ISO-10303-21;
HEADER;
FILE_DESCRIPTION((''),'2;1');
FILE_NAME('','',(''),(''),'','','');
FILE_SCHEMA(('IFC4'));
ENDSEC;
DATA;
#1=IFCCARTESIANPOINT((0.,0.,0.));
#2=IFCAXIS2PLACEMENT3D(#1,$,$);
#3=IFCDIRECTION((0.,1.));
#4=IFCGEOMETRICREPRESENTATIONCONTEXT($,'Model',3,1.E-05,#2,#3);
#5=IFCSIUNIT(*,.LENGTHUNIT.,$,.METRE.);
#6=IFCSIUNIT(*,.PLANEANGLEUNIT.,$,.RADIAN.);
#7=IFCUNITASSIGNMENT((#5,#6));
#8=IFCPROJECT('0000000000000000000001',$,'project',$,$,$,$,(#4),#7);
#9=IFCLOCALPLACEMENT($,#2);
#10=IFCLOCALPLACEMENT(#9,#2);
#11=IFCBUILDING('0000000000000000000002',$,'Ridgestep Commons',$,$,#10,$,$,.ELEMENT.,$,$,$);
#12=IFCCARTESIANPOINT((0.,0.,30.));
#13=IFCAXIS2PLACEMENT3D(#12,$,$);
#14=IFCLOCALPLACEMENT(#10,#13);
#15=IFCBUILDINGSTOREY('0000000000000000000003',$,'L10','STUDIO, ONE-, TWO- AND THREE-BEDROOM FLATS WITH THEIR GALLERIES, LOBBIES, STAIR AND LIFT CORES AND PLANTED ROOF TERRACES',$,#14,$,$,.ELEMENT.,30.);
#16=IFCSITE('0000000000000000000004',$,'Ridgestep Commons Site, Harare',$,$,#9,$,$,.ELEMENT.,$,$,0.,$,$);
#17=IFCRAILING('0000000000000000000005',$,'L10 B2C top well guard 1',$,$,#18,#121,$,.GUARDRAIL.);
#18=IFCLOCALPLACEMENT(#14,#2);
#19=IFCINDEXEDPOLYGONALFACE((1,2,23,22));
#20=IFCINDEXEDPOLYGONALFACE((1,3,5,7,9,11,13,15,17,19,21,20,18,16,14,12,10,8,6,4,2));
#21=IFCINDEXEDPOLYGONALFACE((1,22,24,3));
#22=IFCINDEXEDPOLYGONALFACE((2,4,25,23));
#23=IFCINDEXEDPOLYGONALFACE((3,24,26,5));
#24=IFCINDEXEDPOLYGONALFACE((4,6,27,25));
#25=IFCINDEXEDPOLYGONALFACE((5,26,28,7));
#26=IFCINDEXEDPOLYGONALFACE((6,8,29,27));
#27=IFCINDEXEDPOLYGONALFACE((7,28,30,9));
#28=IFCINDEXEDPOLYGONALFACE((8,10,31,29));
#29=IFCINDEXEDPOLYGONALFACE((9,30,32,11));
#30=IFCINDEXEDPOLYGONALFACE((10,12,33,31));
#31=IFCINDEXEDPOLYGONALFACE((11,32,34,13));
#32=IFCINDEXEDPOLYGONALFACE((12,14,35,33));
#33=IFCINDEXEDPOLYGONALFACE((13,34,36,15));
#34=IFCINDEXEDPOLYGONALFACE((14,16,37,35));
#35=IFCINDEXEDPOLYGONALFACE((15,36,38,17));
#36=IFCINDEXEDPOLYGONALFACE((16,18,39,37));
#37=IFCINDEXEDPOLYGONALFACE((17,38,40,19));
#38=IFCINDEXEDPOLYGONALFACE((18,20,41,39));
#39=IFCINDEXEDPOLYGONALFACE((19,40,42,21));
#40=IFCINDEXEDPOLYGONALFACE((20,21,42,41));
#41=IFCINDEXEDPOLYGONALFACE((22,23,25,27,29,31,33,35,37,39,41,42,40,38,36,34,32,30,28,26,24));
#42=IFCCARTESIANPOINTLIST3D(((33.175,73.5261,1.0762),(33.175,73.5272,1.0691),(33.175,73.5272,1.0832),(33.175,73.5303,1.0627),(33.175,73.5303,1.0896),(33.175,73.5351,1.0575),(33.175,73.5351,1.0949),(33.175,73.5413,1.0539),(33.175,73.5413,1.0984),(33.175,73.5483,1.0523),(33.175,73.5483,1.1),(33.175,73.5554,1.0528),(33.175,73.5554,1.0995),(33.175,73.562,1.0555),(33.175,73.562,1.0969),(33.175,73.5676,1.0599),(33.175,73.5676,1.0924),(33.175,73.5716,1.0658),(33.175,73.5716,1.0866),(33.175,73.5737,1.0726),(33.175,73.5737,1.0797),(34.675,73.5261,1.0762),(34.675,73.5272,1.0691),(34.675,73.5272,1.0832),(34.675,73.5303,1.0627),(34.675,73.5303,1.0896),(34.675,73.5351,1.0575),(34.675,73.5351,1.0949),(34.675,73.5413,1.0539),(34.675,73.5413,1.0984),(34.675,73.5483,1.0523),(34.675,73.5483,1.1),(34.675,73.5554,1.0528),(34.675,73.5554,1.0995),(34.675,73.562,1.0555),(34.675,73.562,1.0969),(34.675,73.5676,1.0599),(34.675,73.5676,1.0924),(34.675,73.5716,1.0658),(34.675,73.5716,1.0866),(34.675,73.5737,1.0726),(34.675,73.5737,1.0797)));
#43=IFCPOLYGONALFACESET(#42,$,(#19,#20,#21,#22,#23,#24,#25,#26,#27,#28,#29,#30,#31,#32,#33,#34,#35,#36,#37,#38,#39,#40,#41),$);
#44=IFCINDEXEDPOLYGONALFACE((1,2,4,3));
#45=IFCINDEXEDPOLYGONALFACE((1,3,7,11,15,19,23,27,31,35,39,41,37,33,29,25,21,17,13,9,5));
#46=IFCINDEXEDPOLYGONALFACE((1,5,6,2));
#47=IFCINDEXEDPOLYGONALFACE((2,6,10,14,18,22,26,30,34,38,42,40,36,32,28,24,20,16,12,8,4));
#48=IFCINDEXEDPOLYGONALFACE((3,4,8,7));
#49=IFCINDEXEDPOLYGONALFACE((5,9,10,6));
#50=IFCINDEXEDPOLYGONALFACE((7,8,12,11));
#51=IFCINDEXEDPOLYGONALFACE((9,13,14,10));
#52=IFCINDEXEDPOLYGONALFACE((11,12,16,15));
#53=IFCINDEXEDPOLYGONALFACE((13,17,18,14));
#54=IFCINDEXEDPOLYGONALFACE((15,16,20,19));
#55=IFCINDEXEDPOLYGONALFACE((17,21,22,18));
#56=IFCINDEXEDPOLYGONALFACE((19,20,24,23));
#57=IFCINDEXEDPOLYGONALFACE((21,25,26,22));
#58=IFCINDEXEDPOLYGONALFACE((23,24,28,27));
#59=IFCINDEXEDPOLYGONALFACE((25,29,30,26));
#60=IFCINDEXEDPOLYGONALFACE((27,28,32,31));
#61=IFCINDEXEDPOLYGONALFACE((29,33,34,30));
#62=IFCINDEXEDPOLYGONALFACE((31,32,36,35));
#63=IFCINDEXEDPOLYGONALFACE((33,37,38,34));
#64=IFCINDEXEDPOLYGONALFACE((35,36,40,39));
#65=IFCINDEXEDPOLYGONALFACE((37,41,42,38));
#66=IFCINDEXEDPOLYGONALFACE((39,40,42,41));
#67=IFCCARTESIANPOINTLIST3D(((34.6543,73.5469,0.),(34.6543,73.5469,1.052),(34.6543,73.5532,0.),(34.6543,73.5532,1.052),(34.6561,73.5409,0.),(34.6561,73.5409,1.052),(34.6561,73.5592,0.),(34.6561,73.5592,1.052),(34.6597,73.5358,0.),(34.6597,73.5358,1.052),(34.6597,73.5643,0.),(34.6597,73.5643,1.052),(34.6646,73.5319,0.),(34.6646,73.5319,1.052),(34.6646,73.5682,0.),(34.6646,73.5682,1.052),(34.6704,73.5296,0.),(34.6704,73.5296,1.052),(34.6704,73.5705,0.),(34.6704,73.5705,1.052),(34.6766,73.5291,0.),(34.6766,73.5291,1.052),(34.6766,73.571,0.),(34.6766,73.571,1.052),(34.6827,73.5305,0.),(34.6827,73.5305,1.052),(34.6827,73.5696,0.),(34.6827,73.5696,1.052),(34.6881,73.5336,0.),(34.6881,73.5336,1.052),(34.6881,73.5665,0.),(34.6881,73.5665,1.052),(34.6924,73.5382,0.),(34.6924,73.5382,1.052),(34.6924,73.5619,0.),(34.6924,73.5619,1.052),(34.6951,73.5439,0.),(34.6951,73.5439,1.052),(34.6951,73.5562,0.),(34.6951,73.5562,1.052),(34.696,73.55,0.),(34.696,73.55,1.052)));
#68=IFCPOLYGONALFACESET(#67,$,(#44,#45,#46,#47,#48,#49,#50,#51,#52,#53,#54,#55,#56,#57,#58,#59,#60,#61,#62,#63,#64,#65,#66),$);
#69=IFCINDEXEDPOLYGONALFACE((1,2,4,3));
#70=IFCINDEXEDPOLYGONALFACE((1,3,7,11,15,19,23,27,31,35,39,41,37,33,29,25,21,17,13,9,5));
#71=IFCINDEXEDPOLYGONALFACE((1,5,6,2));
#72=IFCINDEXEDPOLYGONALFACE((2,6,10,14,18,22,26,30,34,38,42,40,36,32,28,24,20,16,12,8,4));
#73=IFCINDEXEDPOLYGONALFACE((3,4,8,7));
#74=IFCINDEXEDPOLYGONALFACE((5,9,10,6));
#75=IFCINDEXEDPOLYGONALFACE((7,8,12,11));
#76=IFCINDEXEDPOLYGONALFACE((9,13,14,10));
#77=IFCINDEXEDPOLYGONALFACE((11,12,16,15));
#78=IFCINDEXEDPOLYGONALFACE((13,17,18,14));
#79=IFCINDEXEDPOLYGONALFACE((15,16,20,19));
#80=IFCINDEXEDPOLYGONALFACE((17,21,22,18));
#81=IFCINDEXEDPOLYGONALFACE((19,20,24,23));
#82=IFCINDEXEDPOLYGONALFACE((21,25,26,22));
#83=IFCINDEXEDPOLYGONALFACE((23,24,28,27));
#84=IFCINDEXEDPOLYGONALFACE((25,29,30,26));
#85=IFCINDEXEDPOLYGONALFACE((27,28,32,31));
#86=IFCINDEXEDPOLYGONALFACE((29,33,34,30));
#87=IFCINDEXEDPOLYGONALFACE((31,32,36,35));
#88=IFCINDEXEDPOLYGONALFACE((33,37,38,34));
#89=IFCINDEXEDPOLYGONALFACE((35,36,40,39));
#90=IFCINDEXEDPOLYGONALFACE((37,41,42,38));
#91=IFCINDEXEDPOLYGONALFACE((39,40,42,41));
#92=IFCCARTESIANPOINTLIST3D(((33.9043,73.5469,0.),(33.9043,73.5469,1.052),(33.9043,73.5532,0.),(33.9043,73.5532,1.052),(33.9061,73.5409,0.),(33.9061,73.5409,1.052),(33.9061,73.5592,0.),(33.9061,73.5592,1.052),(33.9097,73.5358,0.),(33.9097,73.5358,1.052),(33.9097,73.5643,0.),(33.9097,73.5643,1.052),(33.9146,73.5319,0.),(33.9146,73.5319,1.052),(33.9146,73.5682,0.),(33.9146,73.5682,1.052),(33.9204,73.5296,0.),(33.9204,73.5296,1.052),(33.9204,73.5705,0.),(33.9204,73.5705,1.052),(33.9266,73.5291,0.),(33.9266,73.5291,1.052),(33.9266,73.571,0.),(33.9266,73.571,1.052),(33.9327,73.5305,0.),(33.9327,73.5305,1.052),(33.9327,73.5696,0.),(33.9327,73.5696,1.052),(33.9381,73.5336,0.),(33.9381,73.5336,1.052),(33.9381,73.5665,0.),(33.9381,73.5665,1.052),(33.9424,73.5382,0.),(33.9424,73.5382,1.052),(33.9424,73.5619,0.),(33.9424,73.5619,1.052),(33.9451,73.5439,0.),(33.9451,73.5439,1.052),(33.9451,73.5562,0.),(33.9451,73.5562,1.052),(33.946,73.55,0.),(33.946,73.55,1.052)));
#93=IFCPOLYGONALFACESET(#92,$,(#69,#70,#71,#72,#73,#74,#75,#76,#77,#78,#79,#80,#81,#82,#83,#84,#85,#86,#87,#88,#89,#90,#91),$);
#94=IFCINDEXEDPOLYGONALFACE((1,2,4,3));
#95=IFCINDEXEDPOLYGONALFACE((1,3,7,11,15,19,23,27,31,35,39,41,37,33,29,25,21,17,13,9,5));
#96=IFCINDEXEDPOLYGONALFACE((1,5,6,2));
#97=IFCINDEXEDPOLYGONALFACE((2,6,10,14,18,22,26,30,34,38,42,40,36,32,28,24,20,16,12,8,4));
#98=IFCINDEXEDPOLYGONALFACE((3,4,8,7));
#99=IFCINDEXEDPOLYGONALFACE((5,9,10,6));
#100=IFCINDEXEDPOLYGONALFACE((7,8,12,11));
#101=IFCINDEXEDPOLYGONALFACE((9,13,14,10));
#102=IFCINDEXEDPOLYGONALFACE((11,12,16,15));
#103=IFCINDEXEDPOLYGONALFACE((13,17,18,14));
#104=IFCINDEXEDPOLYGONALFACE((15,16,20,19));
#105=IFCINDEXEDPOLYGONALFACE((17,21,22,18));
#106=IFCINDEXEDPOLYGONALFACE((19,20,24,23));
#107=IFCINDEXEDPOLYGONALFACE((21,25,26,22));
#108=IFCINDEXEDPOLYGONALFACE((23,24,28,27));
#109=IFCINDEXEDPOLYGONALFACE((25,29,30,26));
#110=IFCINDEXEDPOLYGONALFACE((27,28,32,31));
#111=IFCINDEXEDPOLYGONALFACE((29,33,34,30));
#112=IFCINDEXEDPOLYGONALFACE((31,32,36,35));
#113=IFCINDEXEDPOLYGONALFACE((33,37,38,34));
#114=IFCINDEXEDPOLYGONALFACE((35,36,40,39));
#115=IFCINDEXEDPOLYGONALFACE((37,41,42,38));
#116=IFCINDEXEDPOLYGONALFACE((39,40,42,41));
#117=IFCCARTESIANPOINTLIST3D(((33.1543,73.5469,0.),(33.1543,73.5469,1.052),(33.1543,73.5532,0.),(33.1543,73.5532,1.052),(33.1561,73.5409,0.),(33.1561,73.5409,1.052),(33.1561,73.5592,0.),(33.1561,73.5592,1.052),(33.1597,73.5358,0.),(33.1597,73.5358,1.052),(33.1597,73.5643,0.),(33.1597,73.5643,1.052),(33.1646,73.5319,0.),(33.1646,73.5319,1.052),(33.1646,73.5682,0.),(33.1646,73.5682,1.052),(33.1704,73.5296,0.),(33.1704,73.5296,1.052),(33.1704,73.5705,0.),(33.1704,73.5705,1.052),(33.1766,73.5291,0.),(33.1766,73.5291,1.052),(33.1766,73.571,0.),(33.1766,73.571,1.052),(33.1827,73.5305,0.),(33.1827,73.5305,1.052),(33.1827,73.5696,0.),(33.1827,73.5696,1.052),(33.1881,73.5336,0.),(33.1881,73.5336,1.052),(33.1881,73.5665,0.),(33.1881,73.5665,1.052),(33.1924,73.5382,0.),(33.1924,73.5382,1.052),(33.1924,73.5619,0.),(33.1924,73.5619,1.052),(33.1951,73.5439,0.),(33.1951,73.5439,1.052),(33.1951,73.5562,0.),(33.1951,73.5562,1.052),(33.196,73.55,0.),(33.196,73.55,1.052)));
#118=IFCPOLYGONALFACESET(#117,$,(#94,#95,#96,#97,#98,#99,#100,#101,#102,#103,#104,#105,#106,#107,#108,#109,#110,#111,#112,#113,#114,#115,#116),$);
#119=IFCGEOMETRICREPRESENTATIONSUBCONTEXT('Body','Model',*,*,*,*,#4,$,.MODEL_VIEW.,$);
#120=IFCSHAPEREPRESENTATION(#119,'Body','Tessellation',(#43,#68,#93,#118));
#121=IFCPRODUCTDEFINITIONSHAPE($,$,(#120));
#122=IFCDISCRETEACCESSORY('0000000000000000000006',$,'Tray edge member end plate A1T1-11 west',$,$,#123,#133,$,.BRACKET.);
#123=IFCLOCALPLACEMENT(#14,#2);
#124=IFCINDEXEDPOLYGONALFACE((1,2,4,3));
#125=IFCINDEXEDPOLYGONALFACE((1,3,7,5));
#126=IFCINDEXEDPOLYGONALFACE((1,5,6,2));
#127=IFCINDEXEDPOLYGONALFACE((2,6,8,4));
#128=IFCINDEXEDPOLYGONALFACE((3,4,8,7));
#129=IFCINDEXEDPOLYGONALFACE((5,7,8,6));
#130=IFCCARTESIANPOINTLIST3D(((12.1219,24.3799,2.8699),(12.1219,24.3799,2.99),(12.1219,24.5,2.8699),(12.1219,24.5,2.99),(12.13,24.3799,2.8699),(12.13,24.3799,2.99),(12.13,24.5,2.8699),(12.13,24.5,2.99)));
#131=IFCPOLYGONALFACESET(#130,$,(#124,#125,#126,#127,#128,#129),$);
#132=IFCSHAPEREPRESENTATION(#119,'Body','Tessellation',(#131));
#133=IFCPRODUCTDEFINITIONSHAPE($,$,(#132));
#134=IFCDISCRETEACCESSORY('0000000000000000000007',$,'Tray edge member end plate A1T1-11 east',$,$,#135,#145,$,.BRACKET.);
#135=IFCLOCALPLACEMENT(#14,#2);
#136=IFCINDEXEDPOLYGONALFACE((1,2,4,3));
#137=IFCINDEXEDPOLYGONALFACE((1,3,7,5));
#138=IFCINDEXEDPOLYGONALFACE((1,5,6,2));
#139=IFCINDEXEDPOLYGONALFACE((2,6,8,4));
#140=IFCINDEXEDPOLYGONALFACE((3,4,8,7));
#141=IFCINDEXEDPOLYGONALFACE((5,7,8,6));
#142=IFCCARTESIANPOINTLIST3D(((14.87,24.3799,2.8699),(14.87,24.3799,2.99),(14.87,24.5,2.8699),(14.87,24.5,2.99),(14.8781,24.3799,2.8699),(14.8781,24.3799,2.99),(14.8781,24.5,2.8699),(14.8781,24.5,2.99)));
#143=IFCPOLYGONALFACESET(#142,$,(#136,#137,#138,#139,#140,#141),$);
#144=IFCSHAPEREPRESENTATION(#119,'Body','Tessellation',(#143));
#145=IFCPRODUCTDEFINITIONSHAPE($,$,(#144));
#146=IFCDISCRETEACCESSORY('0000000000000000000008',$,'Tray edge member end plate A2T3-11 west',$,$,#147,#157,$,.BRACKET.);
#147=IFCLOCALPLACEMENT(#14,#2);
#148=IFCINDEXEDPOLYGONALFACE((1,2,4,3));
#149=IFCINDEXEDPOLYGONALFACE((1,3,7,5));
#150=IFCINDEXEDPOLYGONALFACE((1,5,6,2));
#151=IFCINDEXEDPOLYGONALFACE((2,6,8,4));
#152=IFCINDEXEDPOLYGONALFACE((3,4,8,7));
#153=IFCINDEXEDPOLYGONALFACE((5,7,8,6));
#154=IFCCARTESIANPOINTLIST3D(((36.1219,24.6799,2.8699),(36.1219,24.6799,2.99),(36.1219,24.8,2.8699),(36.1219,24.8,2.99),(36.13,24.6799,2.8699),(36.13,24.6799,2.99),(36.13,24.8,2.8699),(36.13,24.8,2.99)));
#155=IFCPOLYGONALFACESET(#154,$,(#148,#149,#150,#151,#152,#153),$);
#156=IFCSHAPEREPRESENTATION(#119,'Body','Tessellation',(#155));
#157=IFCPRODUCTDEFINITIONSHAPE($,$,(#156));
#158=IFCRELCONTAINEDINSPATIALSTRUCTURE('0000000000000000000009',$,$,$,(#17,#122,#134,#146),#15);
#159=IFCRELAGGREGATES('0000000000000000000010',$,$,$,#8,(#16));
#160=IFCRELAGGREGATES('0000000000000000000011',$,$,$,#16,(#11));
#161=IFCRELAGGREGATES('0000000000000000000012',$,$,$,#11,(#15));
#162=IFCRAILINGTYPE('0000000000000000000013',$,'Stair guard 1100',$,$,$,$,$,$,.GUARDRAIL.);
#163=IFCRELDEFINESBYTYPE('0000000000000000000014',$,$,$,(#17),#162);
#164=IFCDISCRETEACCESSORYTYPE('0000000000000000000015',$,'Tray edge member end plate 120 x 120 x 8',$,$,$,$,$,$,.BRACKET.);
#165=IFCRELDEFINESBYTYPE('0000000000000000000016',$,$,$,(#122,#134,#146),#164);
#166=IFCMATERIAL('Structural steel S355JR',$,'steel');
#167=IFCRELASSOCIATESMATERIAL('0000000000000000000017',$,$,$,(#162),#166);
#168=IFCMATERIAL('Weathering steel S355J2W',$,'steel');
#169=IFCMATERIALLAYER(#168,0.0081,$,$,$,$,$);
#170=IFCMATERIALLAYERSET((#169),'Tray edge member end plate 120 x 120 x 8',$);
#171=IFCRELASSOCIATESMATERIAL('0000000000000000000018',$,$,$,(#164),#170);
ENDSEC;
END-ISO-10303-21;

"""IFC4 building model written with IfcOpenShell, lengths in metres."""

from ifc_helpers import new_model, si_unit, direction, frame, origin, origin_2d, place, context, subcontext, project, spatial, rectangle, circle, extrude, material, layer, layer_set, type_object, element, save


model = new_model("IFC4")

# Units and contexts
model_context = context("Model", 3, precision=1e-05, world=origin(), true_north=direction((0.0, 1.0)))
body_context = subcontext(model_context, "Body", "Model", "MODEL_VIEW")
ifc_project = project(units=[si_unit("LENGTHUNIT", "METRE"), si_unit("PLANEANGLEUNIT", "RADIAN")], contexts=[model_context])

# Site, building, storey
site_placement = place(None, origin())
site = spatial("IfcSite", under=ifc_project, at=site_placement, Name="Ridgestep Commons Site, Harare", CompositionType="ELEMENT", RefElevation=0.0)
building_placement = place(site_placement, origin())
building = spatial("IfcBuilding", under=site, at=building_placement, Name="Ridgestep Commons", CompositionType="ELEMENT")
storey_placement = place(building_placement, frame((0.0, 0.0, 30.0)))
storey = spatial("IfcBuildingStorey", under=building, at=storey_placement, Name="L10", Description="STUDIO, ONE-, TWO- AND THREE-BEDROOM FLATS WITH THEIR GALLERIES, LOBBIES, STAIR AND LIFT CORES AND PLANTED ROOF TERRACES", CompositionType="ELEMENT", Elevation=30.0)

# Railing
ifc_material_1 = material(Name="Structural steel S355JR", Category="steel")
railing_type_1 = type_object("IfcRailingType", Name="Stair guard 1100", PredefinedType="GUARDRAIL", material=ifc_material_1)
railing_1_placement = place(storey_placement, frame((34.675, 73.55, 0.0)))
element("IfcRailing", 1, at=railing_1_placement, inside=storey, type_object=railing_type_1, Name="L10 B2C top well guard 1", PredefinedType="GUARDRAIL", context=body_context, shape_type="SweptSolid", body=[
    extrude(circle(Radius=0.0239, at=origin_2d()), frame((0.0, 0.0, 1.0762), z_axis=(-1.0, 0.0, 0.0), x_axis=(0.0, -1.0, 0.0)), (0.0, 0.0, 1.0), 1.5),
    extrude(circle(Radius=0.021, at=origin_2d()), origin(), (0.0, 0.0, 1.0), 1.052),
    extrude(circle(Radius=0.021, at=origin_2d()), frame((-0.75, 0.0, 0.0)), (0.0, 0.0, 1.0), 1.052),
    extrude(circle(Radius=0.021, at=origin_2d()), frame((-1.5, 0.0, 0.0)), (0.0, 0.0, 1.0), 1.052),
])

# Discrete accessories
ifc_material_2 = material(Name="Weathering steel S355J2W", Category="steel")
ifc_layer_1 = layer(ifc_material_2, 0.0081)
ifc_layer_set_1 = layer_set([ifc_layer_1], Name="Tray edge member end plate 120 x 120 x 8")
discrete_accessory_type = type_object("IfcDiscreteAccessoryType", Name="Tray edge member end plate 120 x 120 x 8", PredefinedType="BRACKET", material=ifc_layer_set_1)
for number, where, z_axis, x_axis, name in (
    (2, (12.126, 24.4399, 2.8699), (0.0, 0.0, 1.0), (1.0, 0.0, 0.0), "Tray edge member end plate A1T1-11 west"),
    (3, (14.874, 24.4399, 2.8699), (0.0, 0.0, 1.0), (1.0, 0.0, 0.0), "Tray edge member end plate A1T1-11 east"),
    (4, (36.126, 24.74, 2.8699), (0.0, 0.0, 1.0), (1.0, 0.0, 0.0), "Tray edge member end plate A2T3-11 west"),
):
    element("IfcDiscreteAccessory", number, at=place(storey_placement, frame(where, z_axis=z_axis, x_axis=x_axis)), inside=storey, type_object=discrete_accessory_type, Name=name, PredefinedType="BRACKET", context=body_context, shape_type="SweptSolid", body=[
        extrude(rectangle(XDim=0.0081, YDim=0.1201, at=origin_2d()), origin(), (0.0, 0.0, 1.0), 0.1201),
    ])

save(model, "model.ifc")
